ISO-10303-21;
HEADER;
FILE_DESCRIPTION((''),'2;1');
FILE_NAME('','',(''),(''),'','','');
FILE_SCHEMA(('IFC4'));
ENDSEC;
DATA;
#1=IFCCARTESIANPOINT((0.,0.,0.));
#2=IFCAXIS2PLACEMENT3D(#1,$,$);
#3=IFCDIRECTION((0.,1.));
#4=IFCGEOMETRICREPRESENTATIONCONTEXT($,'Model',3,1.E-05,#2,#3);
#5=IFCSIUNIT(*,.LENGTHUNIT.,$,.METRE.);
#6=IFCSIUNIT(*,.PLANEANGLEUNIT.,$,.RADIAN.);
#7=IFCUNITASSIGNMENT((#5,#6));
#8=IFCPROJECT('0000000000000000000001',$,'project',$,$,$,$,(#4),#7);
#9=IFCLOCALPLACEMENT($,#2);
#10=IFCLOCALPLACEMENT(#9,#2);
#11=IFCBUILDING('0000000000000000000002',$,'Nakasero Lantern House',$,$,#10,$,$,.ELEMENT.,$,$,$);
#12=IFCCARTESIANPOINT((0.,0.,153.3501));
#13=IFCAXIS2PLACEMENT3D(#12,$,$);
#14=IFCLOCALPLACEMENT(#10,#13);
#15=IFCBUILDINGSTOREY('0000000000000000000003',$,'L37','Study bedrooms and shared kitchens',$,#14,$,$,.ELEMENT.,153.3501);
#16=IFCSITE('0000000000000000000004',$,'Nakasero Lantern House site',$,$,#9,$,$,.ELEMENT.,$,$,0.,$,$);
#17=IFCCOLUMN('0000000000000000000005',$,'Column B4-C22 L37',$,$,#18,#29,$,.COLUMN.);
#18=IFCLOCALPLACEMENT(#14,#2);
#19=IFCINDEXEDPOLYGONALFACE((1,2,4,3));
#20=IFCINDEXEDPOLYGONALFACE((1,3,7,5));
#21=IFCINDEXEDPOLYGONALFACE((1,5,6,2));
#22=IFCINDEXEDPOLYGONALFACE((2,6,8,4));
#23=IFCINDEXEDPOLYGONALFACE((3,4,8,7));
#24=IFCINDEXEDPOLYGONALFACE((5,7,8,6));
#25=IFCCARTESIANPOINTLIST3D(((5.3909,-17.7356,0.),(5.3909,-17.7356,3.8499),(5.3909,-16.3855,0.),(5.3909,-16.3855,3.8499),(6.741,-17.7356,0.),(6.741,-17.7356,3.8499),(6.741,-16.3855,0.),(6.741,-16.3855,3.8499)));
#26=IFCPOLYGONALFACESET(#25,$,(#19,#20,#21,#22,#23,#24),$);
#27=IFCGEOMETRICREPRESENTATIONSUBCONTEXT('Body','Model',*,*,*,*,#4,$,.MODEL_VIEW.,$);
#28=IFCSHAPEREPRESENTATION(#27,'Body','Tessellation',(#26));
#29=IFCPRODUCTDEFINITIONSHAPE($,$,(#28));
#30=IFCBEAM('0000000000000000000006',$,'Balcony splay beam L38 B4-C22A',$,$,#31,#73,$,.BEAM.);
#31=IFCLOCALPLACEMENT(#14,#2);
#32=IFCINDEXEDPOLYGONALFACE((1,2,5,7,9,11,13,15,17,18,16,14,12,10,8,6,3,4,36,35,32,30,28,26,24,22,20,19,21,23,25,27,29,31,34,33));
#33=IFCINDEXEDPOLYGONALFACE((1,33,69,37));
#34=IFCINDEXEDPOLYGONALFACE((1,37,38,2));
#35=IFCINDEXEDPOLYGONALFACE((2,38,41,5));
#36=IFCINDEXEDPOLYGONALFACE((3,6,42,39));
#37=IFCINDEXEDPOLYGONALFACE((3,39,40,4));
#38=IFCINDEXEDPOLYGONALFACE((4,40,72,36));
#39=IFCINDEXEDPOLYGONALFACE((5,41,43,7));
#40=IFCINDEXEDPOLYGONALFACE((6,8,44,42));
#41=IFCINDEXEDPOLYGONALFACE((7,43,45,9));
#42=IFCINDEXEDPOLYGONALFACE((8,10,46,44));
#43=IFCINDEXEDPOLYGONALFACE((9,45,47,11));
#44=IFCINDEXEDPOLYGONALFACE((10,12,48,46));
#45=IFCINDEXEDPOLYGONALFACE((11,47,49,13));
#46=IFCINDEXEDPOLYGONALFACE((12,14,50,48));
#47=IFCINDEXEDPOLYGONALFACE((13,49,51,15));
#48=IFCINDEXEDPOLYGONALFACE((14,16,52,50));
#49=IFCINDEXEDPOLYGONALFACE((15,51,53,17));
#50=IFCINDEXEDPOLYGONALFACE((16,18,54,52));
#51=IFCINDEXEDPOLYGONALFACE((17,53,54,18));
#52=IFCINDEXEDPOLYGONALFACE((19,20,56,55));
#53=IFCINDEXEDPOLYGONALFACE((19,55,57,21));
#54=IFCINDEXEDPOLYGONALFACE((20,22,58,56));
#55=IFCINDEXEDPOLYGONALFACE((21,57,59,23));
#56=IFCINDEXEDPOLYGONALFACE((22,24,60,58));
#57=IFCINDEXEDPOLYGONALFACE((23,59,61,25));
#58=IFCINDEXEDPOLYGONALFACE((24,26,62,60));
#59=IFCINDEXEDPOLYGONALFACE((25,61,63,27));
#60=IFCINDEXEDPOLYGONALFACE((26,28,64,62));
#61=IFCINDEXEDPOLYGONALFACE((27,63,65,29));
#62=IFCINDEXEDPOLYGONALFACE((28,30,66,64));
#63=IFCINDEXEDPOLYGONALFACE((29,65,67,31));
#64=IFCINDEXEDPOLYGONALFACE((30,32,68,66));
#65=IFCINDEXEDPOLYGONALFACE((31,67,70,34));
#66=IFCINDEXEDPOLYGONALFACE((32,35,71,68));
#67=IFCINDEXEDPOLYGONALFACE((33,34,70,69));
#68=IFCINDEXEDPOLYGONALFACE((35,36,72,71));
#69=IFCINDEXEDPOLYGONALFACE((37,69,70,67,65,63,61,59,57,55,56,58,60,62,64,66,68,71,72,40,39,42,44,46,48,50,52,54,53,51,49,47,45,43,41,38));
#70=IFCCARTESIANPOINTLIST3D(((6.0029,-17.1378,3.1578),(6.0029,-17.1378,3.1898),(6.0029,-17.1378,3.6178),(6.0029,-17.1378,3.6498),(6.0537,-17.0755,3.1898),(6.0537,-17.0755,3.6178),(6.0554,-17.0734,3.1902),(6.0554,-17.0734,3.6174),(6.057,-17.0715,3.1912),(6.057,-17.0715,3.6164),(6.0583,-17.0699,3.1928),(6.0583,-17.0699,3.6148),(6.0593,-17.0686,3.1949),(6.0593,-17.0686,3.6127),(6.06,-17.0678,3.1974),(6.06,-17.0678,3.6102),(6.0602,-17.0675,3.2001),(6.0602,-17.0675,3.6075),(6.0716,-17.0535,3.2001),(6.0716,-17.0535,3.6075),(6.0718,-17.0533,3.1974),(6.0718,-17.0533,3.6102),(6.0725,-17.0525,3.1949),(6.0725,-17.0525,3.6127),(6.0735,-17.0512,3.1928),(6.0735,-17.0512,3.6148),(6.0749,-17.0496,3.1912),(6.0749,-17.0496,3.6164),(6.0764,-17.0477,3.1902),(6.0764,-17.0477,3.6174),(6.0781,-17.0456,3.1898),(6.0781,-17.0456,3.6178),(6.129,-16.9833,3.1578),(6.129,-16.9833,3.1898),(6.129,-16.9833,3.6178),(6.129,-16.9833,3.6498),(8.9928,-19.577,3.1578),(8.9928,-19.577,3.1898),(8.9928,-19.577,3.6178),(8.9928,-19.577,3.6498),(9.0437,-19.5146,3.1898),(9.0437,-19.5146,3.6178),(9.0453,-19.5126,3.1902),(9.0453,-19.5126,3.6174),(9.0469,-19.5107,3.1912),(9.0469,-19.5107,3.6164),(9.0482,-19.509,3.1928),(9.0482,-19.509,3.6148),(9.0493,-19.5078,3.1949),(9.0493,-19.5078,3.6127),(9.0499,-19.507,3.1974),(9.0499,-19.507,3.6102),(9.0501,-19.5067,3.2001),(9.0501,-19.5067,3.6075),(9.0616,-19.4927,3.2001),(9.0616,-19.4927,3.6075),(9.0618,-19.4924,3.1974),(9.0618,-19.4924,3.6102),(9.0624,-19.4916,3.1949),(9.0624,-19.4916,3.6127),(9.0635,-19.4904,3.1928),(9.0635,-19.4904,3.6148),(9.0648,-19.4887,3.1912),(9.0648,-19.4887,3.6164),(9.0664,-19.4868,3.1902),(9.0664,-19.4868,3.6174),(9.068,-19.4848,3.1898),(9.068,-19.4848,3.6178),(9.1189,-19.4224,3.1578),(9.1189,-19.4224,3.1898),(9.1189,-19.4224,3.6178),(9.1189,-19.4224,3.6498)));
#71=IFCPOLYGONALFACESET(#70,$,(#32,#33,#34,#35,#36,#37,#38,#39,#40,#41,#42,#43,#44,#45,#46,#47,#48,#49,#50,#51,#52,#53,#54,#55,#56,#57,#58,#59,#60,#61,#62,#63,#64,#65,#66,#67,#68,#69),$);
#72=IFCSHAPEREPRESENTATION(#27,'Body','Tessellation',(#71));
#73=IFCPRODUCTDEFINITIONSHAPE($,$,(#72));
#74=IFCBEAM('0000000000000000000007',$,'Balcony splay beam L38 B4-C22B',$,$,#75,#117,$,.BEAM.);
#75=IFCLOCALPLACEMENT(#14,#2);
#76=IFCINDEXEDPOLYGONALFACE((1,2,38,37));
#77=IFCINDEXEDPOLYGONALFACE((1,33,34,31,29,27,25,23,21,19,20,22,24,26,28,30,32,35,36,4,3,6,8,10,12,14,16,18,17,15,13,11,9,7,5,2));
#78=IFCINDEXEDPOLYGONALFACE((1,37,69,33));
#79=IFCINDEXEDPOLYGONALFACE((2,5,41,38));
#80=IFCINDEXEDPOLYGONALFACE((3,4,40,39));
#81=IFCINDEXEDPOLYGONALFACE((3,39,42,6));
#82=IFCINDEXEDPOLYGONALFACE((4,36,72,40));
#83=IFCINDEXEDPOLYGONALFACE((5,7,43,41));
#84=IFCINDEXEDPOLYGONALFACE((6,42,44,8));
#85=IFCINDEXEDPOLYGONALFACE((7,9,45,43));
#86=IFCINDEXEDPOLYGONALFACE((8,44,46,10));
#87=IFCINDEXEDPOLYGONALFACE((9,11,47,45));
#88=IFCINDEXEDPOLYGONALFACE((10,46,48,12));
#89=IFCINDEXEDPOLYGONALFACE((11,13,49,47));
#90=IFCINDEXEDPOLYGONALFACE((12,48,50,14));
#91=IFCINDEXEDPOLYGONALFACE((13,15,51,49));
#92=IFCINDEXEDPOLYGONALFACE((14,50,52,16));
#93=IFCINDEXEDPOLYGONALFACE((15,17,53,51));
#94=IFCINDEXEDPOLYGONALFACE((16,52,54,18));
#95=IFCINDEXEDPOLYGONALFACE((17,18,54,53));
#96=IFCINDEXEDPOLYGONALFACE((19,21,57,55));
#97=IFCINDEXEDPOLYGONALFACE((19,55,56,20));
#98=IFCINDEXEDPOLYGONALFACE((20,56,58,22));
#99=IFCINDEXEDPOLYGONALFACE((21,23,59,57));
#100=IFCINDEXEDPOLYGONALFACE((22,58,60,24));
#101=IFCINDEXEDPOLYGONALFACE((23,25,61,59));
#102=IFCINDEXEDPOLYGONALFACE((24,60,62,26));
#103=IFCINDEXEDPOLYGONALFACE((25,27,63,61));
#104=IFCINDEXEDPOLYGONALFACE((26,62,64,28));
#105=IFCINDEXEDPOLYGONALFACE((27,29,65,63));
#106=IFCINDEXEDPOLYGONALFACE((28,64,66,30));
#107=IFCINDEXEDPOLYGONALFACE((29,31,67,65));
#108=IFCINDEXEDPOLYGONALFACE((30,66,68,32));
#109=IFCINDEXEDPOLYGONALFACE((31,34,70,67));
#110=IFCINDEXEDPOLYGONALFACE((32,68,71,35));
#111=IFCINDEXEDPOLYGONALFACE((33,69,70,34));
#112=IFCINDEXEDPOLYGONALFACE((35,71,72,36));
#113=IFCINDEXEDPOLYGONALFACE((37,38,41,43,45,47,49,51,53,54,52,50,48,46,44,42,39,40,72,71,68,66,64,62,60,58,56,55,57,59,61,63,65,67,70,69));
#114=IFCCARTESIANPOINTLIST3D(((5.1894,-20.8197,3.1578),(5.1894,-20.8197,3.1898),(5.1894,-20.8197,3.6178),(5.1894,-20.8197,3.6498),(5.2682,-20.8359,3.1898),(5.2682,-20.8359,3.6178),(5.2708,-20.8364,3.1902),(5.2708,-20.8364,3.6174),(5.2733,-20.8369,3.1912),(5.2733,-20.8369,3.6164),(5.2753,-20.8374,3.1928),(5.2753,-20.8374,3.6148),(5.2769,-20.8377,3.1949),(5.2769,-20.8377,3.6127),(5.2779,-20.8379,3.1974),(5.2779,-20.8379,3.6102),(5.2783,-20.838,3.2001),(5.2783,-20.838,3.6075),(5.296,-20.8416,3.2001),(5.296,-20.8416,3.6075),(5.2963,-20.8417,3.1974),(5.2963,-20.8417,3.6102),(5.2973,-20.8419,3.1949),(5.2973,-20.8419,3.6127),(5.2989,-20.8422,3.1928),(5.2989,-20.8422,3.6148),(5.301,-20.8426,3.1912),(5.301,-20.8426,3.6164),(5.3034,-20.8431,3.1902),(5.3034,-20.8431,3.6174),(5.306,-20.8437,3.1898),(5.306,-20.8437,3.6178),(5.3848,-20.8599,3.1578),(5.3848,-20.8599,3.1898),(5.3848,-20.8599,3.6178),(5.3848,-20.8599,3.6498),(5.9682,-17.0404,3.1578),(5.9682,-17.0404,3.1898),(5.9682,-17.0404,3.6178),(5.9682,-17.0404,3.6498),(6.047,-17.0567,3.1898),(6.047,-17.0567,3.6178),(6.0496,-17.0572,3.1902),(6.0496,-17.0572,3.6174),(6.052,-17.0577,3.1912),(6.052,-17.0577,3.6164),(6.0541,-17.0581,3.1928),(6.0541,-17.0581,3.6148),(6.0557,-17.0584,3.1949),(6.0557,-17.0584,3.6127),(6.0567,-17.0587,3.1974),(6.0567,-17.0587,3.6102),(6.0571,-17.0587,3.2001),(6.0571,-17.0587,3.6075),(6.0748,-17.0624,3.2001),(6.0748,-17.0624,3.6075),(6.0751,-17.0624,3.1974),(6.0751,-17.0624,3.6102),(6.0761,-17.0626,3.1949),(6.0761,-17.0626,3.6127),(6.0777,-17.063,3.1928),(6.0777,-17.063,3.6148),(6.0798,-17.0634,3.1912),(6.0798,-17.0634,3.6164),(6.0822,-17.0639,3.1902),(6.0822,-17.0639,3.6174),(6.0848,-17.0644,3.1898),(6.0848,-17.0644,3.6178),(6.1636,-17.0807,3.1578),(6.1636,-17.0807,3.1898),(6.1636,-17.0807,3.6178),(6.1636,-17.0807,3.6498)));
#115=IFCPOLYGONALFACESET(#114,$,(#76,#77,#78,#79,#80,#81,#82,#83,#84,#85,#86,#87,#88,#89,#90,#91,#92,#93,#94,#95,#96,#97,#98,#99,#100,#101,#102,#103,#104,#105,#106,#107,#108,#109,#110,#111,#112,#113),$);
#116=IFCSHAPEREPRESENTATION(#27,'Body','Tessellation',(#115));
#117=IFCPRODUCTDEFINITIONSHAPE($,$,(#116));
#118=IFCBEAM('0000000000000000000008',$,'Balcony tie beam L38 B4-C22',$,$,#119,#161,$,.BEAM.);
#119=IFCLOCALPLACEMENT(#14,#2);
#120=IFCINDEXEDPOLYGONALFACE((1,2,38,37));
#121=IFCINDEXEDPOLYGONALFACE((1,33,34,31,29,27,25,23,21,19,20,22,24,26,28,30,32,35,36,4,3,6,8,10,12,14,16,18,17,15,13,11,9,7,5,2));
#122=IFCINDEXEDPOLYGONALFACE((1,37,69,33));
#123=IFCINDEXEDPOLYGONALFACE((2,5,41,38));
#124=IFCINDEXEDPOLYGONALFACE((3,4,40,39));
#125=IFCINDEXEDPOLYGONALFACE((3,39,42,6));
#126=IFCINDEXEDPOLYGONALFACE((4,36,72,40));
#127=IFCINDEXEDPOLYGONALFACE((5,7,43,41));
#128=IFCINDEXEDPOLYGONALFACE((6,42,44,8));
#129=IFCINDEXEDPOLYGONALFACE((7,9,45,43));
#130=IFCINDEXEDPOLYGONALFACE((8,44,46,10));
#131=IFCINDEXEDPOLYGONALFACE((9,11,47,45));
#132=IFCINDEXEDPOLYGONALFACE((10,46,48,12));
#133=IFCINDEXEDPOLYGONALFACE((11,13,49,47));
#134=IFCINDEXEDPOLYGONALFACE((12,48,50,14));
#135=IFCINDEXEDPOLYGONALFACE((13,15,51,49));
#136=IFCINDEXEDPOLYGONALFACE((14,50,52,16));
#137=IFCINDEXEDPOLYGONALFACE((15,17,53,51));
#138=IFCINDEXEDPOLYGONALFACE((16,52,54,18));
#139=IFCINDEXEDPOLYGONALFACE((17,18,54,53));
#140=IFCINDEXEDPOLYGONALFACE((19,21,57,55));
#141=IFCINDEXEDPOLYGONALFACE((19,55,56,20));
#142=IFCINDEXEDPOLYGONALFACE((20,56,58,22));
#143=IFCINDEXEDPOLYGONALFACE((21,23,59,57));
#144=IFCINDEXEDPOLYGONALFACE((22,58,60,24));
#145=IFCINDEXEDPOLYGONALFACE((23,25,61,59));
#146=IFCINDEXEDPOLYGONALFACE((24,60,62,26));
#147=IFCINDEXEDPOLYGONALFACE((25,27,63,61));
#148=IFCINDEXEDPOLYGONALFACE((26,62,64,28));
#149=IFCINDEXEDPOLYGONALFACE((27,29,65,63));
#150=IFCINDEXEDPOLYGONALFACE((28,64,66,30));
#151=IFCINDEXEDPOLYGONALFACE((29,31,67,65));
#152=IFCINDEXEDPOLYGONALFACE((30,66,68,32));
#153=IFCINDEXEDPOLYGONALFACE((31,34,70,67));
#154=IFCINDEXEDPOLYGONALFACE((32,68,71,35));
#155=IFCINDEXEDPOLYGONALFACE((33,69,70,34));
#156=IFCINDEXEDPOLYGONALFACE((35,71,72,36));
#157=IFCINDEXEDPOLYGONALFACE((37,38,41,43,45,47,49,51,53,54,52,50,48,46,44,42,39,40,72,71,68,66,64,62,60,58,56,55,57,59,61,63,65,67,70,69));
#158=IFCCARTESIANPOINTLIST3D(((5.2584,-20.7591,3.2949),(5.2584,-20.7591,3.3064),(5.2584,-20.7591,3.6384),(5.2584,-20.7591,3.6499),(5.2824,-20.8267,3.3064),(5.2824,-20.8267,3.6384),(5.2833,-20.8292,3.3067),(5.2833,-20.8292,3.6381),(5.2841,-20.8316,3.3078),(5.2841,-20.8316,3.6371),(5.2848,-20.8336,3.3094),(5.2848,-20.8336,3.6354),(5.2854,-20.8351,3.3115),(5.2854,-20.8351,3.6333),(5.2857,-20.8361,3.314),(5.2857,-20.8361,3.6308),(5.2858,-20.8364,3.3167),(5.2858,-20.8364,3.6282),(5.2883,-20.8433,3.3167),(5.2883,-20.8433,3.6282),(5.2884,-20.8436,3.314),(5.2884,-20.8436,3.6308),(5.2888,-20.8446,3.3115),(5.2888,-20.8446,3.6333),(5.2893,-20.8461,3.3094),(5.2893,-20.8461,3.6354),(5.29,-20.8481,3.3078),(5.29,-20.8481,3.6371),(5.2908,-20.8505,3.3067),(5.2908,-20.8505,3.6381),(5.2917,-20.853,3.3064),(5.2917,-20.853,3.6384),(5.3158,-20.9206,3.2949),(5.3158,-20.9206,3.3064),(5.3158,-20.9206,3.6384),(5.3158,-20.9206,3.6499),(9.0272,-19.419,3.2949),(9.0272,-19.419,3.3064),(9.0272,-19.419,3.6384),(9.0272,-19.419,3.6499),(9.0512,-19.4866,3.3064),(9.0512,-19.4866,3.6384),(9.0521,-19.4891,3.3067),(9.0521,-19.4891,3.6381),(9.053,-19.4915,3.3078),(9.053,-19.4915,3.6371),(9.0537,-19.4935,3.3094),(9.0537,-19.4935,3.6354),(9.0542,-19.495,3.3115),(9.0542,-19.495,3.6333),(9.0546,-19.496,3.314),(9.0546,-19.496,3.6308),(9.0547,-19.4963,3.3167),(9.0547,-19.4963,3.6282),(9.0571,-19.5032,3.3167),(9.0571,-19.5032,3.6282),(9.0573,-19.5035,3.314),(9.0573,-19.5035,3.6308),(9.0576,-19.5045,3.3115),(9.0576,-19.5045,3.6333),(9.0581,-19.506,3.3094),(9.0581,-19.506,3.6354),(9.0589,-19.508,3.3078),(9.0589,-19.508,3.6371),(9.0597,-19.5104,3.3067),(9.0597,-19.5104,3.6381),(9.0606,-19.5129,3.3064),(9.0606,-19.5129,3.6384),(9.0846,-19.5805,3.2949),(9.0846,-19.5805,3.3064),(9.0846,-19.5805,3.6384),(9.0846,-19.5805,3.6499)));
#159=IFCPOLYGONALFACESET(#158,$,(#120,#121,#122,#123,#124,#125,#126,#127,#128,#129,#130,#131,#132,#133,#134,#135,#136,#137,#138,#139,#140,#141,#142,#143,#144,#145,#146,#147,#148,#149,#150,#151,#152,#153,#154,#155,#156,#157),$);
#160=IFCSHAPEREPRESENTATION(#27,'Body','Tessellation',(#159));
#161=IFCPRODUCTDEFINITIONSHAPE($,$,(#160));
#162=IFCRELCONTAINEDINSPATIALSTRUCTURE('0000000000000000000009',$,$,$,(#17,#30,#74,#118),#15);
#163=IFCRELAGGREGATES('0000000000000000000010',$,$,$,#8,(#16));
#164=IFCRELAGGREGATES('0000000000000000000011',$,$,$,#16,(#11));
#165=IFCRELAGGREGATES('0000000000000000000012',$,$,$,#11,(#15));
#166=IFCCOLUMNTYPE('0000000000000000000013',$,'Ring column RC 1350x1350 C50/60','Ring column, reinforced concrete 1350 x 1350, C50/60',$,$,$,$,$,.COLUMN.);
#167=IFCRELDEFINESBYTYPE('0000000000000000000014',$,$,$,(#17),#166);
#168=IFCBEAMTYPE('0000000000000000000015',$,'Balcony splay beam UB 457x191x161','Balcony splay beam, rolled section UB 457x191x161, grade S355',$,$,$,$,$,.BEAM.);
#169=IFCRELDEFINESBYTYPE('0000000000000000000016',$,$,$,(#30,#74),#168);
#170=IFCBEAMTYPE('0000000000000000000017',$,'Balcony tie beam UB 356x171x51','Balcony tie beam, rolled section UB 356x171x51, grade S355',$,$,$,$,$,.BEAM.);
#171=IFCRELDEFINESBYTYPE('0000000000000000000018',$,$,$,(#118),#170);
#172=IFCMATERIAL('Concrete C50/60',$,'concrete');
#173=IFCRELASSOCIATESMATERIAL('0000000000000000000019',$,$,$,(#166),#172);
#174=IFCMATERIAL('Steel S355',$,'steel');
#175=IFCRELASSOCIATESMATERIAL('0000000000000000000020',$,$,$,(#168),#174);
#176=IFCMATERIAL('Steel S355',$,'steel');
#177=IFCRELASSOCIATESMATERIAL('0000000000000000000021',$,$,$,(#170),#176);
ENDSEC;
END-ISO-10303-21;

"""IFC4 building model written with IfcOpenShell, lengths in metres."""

from ifc_helpers import new_model, si_unit, direction, frame, origin, origin_2d, place, context, subcontext, project, spatial, rectangle, i_section, extrude, material, material_profile, profile_set, type_object, element, save


model = new_model("IFC4")

# Units and contexts
model_context = context("Model", 3, precision=1e-05, world=origin(), true_north=direction((0.0, 1.0)))
body_context = subcontext(model_context, "Body", "Model", "MODEL_VIEW")
ifc_project = project(units=[si_unit("LENGTHUNIT", "METRE"), si_unit("PLANEANGLEUNIT", "RADIAN")], contexts=[model_context])

# Site, building, storey
site_placement = place(None, origin())
site = spatial("IfcSite", under=ifc_project, at=site_placement, Name="Nakasero Lantern House site", CompositionType="ELEMENT", RefElevation=0.0)
building_placement = place(site_placement, origin())
building = spatial("IfcBuilding", under=site, at=building_placement, Name="Nakasero Lantern House", CompositionType="ELEMENT")
storey_placement = place(building_placement, frame((0.0, 0.0, 153.3501)))
storey = spatial("IfcBuildingStorey", under=building, at=storey_placement, Name="L37", Description="Study bedrooms and shared kitchens", CompositionType="ELEMENT", Elevation=153.3501)

# Column
ifc_material_1 = material(Name="Concrete C50/60", Category="concrete")
ifc_material_profile_1 = material_profile(ifc_material_1, rectangle(XDim=1.3501, YDim=1.3501, at=origin_2d()), Name="RC 1350x1350")
ifc_profile_set_1 = profile_set([ifc_material_profile_1], Name="Concrete C50/60")
column_type = type_object("IfcColumnType", Name="Ring column RC 1350x1350 C50/60", Description="Ring column, reinforced concrete 1350 x 1350, C50/60", PredefinedType="COLUMN", material=ifc_profile_set_1)
column_placement = place(storey_placement, frame((6.0659, -17.0605, 0.0), z_axis=(0.0, 0.0, 1.0), x_axis=(1.0, 0.0, 0.0)))
element("IfcColumn", 1, at=column_placement, inside=storey, type_object=column_type, Name="Column B4-C22 L37", PredefinedType="COLUMN", context=body_context, shape_type="SweptSolid", body=[
    extrude(rectangle(XDim=1.3501, YDim=1.3501, at=origin_2d()), origin(), (0.0, 0.0, 1.0), 3.8499),
])

# Beams
ifc_material_2 = material(Name="Steel S355", Category="steel")
ifc_material_profile_2 = material_profile(ifc_material_2, i_section(OverallWidth=0.1995, OverallDepth=0.4919, WebThickness=0.0181, FlangeThickness=0.032, FilletRadius=0.0103, at=origin_2d()), Name="UB 457x191x161")
ifc_profile_set_2 = profile_set([ifc_material_profile_2], Name="Steel S355")
beam_type_1 = type_object("IfcBeamType", Name="Balcony splay beam UB 457x191x161", Description="Balcony splay beam, rolled section UB 457x191x161, grade S355", PredefinedType="BEAM", material=ifc_profile_set_2)
for number, where, z_axis, x_axis, name in (
    (2, (6.0659, -17.0605, 3.4038), (0.774864, -0.632128, 0.0), (0.632128, 0.774864, 0.0), "Balcony splay beam L38 B4-C22A"),
    (3, (6.0659, -17.0605, 3.4038), (-0.201831, -0.97942, 0.0), (0.97942, -0.201831, 0.0), "Balcony splay beam L38 B4-C22B"),
):
    element("IfcBeam", number, at=place(storey_placement, frame(where, z_axis=z_axis, x_axis=x_axis)), inside=storey, type_object=beam_type_1, Name=name, PredefinedType="BEAM", context=body_context, shape_type="SweptSolid", body=[
        extrude(i_section(OverallWidth=0.1995, OverallDepth=0.4919, WebThickness=0.0181, FlangeThickness=0.032, FilletRadius=0.0103, at=origin_2d()), origin(), (0.0, 0.0, 1.0), 3.8586),
    ])
ifc_material_3 = material(Name="Steel S355", Category="steel")
ifc_material_profile_3 = material_profile(ifc_material_3, i_section(OverallWidth=0.1714, OverallDepth=0.355, WebThickness=0.0073, FlangeThickness=0.0115, FilletRadius=0.0103, at=origin_2d()), Name="UB 356x171x51")
ifc_profile_set_3 = profile_set([ifc_material_profile_3], Name="Steel S355")
beam_type_2 = type_object("IfcBeamType", Name="Balcony tie beam UB 356x171x51", Description="Balcony tie beam, rolled section UB 356x171x51, grade S355", PredefinedType="BEAM", material=ifc_profile_set_3)
beam_1_placement = place(storey_placement, frame((9.0559, -19.4998, 3.4724), z_axis=(-0.942209, -0.335025, 0.0), x_axis=(0.335025, -0.942209, 0.0)))
element("IfcBeam", 4, at=beam_1_placement, inside=storey, type_object=beam_type_2, Name="Balcony tie beam L38 B4-C22", PredefinedType="BEAM", context=body_context, shape_type="SweptSolid", body=[
    extrude(i_section(OverallWidth=0.1714, OverallDepth=0.355, WebThickness=0.0073, FlangeThickness=0.0115, FilletRadius=0.0103, at=origin_2d()), origin(), (0.0, 0.0, 1.0), 4.0),
])

save(model, "model.ifc")
